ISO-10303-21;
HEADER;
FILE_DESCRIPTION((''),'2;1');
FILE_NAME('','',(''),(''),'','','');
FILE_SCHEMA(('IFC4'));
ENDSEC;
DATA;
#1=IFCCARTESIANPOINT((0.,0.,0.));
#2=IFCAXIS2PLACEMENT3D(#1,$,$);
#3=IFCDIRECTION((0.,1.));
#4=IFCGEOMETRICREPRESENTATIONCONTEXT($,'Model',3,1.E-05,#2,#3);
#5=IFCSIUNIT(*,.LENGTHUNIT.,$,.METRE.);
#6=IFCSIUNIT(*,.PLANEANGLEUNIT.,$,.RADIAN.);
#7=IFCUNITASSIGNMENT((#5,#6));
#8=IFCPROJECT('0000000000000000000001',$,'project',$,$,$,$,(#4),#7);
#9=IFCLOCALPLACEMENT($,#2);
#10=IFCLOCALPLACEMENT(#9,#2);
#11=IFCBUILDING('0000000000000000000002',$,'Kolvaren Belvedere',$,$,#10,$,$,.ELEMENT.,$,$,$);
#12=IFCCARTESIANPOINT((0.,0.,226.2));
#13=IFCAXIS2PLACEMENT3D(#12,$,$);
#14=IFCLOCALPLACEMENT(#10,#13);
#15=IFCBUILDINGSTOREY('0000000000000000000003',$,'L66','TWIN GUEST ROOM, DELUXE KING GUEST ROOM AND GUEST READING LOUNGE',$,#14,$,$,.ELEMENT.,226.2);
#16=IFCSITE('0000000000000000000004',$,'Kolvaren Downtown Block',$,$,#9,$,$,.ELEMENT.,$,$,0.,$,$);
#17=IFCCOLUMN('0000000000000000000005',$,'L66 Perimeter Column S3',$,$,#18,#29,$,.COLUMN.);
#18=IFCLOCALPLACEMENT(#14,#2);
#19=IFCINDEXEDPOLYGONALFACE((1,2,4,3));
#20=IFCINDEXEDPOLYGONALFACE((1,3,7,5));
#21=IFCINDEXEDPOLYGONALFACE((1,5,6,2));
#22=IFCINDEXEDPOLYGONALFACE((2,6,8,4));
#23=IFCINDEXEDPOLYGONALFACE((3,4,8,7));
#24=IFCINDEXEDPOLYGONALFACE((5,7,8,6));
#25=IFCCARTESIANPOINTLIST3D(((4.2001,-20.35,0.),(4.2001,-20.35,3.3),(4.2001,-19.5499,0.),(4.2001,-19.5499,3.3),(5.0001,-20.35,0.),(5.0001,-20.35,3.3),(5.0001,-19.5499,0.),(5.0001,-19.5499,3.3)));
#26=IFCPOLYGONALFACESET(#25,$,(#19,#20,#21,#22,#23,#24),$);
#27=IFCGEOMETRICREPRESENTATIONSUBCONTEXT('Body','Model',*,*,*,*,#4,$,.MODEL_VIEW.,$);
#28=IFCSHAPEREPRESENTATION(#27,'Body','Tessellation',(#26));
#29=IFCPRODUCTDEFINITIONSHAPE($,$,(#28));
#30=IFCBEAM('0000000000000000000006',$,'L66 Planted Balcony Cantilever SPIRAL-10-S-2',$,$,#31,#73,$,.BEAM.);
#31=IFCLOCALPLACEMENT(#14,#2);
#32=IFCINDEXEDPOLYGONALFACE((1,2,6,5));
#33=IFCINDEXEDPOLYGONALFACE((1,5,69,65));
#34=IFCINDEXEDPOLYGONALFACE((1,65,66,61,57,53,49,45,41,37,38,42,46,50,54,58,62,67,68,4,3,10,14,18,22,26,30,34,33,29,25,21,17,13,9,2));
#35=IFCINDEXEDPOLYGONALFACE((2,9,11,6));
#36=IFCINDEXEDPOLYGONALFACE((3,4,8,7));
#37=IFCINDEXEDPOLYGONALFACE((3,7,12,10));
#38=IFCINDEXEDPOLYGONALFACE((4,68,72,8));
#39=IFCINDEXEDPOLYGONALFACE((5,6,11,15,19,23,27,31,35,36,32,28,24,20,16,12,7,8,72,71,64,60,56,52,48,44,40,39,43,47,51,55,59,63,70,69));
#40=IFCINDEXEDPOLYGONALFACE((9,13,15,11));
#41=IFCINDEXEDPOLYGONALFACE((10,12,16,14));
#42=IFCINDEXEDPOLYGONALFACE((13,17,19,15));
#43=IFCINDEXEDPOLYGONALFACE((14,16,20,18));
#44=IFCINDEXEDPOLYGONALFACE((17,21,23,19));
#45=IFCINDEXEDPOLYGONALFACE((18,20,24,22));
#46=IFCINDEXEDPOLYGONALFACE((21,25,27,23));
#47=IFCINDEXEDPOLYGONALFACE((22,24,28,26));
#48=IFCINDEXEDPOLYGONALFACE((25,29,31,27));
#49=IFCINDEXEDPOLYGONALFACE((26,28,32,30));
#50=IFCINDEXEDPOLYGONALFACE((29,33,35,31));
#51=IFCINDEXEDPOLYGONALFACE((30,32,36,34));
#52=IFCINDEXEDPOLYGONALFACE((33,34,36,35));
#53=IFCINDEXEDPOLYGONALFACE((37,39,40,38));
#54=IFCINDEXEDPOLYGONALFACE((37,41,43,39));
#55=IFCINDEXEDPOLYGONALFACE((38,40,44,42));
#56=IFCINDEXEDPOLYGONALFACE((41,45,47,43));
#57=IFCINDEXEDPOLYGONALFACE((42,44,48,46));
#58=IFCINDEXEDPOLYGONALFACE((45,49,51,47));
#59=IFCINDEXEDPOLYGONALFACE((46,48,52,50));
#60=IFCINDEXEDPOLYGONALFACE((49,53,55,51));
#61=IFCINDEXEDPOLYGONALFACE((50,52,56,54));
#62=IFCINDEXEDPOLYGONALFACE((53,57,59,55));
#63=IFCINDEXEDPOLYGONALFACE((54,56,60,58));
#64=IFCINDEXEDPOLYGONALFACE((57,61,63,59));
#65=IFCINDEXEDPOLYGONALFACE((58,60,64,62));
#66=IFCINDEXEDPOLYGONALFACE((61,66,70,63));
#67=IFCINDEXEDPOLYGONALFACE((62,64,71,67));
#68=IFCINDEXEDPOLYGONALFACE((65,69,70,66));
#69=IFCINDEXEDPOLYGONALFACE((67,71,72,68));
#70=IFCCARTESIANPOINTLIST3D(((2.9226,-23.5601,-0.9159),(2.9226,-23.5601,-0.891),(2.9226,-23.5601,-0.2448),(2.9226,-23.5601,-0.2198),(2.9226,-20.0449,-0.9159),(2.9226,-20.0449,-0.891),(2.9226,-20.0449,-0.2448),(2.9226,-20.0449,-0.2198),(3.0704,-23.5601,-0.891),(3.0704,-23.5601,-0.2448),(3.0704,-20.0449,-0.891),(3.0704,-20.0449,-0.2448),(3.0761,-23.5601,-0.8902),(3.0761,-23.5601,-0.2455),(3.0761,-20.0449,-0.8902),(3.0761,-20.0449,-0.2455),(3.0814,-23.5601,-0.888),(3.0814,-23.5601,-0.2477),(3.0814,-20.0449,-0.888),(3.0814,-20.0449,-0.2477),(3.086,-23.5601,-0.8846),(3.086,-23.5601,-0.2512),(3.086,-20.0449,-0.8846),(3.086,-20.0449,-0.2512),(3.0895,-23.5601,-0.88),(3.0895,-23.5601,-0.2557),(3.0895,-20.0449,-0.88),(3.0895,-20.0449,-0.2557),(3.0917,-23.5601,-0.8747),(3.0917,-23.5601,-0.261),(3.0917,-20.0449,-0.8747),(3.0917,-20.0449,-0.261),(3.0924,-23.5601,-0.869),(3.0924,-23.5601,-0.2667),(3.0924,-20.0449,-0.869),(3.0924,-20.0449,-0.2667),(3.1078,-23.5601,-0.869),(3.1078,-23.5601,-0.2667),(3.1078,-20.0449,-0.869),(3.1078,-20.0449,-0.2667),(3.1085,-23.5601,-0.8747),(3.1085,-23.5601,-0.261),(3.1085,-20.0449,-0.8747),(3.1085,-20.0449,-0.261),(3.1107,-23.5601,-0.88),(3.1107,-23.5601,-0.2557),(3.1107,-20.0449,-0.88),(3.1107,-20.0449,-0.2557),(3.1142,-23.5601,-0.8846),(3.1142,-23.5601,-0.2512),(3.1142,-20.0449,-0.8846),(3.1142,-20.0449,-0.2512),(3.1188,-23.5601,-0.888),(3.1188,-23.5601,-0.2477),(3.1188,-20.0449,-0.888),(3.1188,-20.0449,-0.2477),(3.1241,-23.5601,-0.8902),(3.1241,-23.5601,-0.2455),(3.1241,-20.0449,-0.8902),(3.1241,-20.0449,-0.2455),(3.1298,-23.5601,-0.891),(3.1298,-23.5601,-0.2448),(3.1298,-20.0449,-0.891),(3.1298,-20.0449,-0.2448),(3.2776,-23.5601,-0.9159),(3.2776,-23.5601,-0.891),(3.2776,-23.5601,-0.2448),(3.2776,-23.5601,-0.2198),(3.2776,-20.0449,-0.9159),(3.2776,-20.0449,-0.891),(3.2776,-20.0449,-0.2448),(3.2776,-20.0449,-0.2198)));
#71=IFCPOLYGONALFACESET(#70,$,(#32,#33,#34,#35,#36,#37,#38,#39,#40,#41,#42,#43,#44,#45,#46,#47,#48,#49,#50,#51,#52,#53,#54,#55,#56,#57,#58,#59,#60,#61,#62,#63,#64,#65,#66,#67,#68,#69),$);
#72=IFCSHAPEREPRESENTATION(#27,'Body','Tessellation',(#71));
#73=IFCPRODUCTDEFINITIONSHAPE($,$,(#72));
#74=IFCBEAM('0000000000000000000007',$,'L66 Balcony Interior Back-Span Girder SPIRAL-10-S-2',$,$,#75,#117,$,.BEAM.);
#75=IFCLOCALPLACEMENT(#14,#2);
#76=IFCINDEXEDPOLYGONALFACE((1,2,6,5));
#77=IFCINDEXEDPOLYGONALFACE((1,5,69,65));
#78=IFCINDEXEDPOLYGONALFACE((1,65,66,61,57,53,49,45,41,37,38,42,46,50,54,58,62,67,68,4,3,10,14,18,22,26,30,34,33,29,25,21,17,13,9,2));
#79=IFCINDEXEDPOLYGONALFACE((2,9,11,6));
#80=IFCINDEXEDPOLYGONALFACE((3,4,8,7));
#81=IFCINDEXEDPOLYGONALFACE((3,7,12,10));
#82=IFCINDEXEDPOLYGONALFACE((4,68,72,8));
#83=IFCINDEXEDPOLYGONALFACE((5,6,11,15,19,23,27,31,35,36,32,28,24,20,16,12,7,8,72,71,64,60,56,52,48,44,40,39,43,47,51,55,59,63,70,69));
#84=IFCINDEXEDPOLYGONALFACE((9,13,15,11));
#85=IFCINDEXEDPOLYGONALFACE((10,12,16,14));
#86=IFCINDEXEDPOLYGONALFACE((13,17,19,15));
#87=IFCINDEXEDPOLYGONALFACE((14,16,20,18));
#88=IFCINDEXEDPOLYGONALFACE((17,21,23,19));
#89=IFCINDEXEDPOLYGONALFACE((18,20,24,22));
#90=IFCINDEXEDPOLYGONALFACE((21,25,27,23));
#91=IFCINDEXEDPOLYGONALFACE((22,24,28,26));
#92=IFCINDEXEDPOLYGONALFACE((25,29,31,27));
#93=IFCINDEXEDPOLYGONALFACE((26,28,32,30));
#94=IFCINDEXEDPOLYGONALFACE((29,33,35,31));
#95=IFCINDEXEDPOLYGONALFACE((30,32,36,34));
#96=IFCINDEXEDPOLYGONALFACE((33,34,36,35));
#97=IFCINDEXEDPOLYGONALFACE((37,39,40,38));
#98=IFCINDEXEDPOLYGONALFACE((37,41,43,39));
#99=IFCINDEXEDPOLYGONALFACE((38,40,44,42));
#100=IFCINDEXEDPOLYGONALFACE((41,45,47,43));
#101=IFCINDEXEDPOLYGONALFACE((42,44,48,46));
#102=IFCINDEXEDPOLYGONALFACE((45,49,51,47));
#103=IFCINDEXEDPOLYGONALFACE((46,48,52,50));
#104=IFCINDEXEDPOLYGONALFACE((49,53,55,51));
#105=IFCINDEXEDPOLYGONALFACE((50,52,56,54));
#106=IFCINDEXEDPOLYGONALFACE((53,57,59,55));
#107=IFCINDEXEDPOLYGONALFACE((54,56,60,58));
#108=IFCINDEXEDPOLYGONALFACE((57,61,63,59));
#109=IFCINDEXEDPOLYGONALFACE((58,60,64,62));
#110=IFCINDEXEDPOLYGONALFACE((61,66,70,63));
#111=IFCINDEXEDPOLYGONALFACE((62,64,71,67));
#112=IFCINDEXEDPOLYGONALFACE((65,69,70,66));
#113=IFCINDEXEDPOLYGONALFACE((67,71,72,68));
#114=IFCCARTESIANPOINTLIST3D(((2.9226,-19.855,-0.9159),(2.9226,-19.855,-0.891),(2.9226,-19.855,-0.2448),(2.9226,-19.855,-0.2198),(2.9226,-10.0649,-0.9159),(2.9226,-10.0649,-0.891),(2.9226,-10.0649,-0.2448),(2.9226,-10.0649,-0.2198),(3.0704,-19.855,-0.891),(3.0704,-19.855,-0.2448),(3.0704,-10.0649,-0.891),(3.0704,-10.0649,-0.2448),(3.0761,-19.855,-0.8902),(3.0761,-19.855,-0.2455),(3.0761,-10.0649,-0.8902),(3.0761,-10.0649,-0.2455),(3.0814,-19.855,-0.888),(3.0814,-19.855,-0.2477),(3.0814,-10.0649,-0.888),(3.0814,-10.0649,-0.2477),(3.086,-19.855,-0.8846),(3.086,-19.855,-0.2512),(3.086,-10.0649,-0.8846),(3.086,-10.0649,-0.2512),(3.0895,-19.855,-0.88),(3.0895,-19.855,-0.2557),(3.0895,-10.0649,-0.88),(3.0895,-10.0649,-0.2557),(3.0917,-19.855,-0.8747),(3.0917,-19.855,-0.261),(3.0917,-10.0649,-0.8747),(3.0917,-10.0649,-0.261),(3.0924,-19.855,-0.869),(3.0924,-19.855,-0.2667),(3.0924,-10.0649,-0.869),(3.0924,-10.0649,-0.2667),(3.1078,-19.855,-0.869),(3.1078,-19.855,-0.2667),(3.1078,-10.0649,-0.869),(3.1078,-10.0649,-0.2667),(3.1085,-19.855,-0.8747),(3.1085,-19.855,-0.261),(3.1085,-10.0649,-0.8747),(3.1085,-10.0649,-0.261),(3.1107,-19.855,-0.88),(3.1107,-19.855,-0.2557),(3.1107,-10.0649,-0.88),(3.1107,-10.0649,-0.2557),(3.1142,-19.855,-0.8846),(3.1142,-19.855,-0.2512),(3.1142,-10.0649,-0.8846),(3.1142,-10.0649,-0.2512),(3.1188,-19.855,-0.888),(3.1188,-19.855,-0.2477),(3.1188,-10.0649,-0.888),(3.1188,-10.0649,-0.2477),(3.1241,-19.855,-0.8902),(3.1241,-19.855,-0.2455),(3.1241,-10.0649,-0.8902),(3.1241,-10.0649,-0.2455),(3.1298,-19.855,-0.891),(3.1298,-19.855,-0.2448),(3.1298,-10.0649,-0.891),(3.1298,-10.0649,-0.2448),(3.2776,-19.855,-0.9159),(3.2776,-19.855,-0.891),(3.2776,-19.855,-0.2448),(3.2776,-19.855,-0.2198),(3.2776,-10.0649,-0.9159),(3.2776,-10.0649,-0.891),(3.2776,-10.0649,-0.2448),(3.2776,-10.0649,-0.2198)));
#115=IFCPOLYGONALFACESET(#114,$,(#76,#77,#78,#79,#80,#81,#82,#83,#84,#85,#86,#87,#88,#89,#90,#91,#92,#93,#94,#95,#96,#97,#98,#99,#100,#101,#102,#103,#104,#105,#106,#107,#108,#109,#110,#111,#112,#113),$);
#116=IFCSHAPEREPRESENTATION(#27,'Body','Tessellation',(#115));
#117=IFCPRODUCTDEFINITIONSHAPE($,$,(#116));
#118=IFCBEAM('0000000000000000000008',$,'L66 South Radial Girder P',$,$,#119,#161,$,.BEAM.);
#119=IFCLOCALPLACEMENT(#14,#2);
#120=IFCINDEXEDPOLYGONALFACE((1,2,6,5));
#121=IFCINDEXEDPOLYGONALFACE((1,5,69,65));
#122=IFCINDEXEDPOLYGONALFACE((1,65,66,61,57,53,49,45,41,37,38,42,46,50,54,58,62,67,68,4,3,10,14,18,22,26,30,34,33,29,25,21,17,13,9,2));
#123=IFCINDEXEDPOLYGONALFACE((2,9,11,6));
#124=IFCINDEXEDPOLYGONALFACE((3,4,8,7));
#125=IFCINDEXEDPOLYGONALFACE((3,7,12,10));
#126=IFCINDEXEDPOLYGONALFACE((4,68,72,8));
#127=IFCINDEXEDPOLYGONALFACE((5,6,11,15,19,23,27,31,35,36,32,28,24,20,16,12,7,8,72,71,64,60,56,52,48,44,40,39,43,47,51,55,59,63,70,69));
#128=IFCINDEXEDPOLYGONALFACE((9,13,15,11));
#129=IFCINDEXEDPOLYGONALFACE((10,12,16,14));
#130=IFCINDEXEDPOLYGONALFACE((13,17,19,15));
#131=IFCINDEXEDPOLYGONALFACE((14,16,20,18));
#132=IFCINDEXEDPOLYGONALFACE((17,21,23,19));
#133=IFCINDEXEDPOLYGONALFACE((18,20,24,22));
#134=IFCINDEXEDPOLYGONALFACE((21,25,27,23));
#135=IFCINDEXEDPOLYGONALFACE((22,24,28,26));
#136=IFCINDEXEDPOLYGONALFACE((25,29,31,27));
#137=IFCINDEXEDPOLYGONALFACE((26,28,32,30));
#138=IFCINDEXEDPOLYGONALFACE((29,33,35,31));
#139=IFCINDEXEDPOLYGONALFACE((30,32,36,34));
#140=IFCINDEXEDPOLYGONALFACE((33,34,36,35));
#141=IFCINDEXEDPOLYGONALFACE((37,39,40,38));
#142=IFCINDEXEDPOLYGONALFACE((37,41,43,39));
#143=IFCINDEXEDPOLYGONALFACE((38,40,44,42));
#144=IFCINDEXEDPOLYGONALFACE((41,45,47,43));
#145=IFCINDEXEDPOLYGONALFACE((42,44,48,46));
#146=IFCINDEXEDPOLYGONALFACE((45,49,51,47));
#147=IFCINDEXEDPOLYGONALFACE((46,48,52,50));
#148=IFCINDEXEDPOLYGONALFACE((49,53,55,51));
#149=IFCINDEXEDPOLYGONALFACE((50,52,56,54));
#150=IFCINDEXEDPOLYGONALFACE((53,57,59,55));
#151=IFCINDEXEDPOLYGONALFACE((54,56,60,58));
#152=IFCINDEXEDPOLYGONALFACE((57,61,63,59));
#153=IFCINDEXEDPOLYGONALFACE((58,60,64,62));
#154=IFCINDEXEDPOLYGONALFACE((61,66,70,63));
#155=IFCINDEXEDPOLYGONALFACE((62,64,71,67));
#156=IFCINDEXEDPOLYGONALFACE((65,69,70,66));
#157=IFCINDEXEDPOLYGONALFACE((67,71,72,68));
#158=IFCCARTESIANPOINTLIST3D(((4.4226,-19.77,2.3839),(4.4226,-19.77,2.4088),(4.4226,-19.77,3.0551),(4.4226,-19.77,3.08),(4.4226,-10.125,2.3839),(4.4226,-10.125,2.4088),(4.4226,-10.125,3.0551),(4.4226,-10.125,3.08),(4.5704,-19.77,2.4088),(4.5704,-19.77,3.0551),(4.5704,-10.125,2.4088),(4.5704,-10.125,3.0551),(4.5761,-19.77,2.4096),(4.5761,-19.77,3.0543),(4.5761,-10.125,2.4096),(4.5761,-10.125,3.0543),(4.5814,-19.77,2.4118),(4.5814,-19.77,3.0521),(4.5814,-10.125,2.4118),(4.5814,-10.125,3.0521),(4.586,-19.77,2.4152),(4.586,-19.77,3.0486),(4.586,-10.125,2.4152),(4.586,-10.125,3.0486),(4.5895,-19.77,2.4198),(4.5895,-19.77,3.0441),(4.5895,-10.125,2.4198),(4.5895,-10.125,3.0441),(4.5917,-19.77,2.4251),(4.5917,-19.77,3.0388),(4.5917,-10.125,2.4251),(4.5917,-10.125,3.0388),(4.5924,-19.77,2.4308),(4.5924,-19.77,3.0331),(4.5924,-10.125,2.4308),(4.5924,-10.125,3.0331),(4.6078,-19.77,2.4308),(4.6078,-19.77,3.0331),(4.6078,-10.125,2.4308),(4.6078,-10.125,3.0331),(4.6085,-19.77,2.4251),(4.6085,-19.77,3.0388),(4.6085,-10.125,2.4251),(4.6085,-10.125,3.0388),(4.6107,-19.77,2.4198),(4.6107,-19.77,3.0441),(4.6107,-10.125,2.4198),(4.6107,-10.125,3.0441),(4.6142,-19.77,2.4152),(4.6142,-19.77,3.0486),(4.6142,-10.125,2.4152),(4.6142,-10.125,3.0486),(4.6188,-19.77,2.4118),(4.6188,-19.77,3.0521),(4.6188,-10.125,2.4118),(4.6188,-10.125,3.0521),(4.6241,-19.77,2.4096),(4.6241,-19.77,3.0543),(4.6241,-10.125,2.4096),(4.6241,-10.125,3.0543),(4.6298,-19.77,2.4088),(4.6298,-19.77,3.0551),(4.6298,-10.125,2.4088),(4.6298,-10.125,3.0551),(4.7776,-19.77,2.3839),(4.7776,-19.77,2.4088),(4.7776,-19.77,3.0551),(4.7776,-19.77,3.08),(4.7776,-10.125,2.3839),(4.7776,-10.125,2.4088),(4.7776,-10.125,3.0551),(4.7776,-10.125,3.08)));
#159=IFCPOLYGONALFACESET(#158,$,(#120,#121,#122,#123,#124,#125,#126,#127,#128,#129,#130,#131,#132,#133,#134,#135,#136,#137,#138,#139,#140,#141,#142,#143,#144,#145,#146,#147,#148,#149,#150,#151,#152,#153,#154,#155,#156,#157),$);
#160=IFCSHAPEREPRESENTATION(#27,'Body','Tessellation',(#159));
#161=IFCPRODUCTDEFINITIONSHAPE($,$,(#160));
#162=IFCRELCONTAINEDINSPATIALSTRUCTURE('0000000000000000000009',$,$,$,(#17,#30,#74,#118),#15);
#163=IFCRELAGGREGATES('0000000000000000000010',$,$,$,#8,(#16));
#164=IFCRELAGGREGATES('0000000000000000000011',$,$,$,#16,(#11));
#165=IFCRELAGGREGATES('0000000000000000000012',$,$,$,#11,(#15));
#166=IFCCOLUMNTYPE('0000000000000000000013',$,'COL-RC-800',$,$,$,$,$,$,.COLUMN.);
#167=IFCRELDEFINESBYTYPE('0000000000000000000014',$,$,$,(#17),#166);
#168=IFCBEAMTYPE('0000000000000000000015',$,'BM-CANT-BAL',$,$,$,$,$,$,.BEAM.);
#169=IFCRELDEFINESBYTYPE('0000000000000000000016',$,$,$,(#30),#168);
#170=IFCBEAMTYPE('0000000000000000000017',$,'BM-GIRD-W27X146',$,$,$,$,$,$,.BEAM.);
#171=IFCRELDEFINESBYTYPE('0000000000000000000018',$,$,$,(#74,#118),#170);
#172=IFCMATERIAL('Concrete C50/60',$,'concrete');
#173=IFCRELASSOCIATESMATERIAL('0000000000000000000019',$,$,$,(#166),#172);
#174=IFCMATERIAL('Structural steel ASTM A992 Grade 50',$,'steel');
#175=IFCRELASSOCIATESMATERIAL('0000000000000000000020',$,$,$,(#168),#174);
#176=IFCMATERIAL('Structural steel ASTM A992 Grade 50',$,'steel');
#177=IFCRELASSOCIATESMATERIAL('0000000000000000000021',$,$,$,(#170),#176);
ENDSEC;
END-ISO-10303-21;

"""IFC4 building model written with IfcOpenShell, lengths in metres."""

from ifc_helpers import new_model, si_unit, direction, frame, origin, origin_2d, place, context, subcontext, project, spatial, rectangle, i_section, extrude, material, material_profile, profile_set, type_object, element, save


model = new_model("IFC4")

# Units and contexts
model_context = context("Model", 3, precision=1e-05, world=origin(), true_north=direction((0.0, 1.0)))
body_context = subcontext(model_context, "Body", "Model", "MODEL_VIEW")
ifc_project = project(units=[si_unit("LENGTHUNIT", "METRE"), si_unit("PLANEANGLEUNIT", "RADIAN")], contexts=[model_context])

# Site, building, storey
site_placement = place(None, origin())
site = spatial("IfcSite", under=ifc_project, at=site_placement, Name="Kolvaren Downtown Block", CompositionType="ELEMENT", RefElevation=0.0)
building_placement = place(site_placement, origin())
building = spatial("IfcBuilding", under=site, at=building_placement, Name="Kolvaren Belvedere", CompositionType="ELEMENT")
storey_placement = place(building_placement, frame((0.0, 0.0, 226.2)))
storey = spatial("IfcBuildingStorey", under=building, at=storey_placement, Name="L66", Description="TWIN GUEST ROOM, DELUXE KING GUEST ROOM AND GUEST READING LOUNGE", CompositionType="ELEMENT", Elevation=226.2)

# Column
ifc_material_1 = material(Name="Concrete C50/60", Category="concrete")
ifc_material_profile_1 = material_profile(ifc_material_1, rectangle(XDim=0.8, YDim=0.8, at=origin_2d()), Name="RC 800X800")
ifc_profile_set_1 = profile_set([ifc_material_profile_1], Name="Concrete C50/60")
column_type = type_object("IfcColumnType", Name="COL-RC-800", PredefinedType="COLUMN", material=ifc_profile_set_1)
column_placement = place(storey_placement, frame((4.6001, -19.95, 0.0), z_axis=(0.0, 0.0, 1.0), x_axis=(1.0, 0.0, 0.0)))
element("IfcColumn", 1, at=column_placement, inside=storey, type_object=column_type, Name="L66 Perimeter Column S3", PredefinedType="COLUMN", context=body_context, shape_type="SweptSolid", body=[
    extrude(rectangle(XDim=0.8, YDim=0.8, at=origin_2d()), origin(), (0.0, 0.0, 1.0), 3.3),
])

# Beams
ifc_material_2 = material(Name="Structural steel ASTM A992 Grade 50", Category="steel")
ifc_material_profile_2 = material_profile(ifc_material_2, i_section(OverallWidth=0.355, OverallDepth=0.696, WebThickness=0.0154, FlangeThickness=0.0249, FilletRadius=0.022, at=origin_2d()), Name="W27X146")
ifc_profile_set_2 = profile_set([ifc_material_profile_2], Name="Structural steel ASTM A992 Grade 50")
beam_type_1 = type_object("IfcBeamType", Name="BM-CANT-BAL", PredefinedType="BEAM", material=ifc_profile_set_2)
beam_1_placement = place(storey_placement, frame((3.1001, -20.0449, -0.5679), z_axis=(0.0, -1.0, 0.0), x_axis=(1.0, 0.0, 0.0)))
element("IfcBeam", 2, at=beam_1_placement, inside=storey, type_object=beam_type_1, Name="L66 Planted Balcony Cantilever SPIRAL-10-S-2", PredefinedType="BEAM", context=body_context, shape_type="SweptSolid", body=[
    extrude(i_section(OverallWidth=0.355, OverallDepth=0.696, WebThickness=0.0154, FlangeThickness=0.0249, FilletRadius=0.022, at=origin_2d()), origin(), (0.0, 0.0, 1.0), 3.5151),
])
ifc_material_3 = material(Name="Structural steel ASTM A992 Grade 50", Category="steel")
ifc_material_profile_3 = material_profile(ifc_material_3, i_section(OverallWidth=0.355, OverallDepth=0.696, WebThickness=0.0154, FlangeThickness=0.0249, FilletRadius=0.022, at=origin_2d()), Name="W27X146")
ifc_profile_set_3 = profile_set([ifc_material_profile_3], Name="Structural steel ASTM A992 Grade 50")
beam_type_2 = type_object("IfcBeamType", Name="BM-GIRD-W27X146", PredefinedType="BEAM", material=ifc_profile_set_3)
beam_2_placement = place(storey_placement, frame((3.1001, -10.0649, -0.5679), z_axis=(0.0, -1.0, 0.0), x_axis=(1.0, 0.0, 0.0)))
element("IfcBeam", 3, at=beam_2_placement, inside=storey, type_object=beam_type_2, Name="L66 Balcony Interior Back-Span Girder SPIRAL-10-S-2", PredefinedType="BEAM", context=body_context, shape_type="SweptSolid", body=[
    extrude(i_section(OverallWidth=0.355, OverallDepth=0.696, WebThickness=0.0154, FlangeThickness=0.0249, FilletRadius=0.022, at=origin_2d()), origin(), (0.0, 0.0, 1.0), 9.79),
])
beam_3_placement = place(storey_placement, frame((4.6001, -10.125, 2.7319), z_axis=(0.0, -1.0, 0.0), x_axis=(1.0, 0.0, 0.0)))
element("IfcBeam", 4, at=beam_3_placement, inside=storey, type_object=beam_type_2, Name="L66 South Radial Girder P", PredefinedType="BEAM", context=body_context, shape_type="SweptSolid", body=[
    extrude(i_section(OverallWidth=0.355, OverallDepth=0.696, WebThickness=0.0154, FlangeThickness=0.0249, FilletRadius=0.022, at=origin_2d()), origin(), (0.0, 0.0, 1.0), 9.645),
])

save(model, "model.ifc")
